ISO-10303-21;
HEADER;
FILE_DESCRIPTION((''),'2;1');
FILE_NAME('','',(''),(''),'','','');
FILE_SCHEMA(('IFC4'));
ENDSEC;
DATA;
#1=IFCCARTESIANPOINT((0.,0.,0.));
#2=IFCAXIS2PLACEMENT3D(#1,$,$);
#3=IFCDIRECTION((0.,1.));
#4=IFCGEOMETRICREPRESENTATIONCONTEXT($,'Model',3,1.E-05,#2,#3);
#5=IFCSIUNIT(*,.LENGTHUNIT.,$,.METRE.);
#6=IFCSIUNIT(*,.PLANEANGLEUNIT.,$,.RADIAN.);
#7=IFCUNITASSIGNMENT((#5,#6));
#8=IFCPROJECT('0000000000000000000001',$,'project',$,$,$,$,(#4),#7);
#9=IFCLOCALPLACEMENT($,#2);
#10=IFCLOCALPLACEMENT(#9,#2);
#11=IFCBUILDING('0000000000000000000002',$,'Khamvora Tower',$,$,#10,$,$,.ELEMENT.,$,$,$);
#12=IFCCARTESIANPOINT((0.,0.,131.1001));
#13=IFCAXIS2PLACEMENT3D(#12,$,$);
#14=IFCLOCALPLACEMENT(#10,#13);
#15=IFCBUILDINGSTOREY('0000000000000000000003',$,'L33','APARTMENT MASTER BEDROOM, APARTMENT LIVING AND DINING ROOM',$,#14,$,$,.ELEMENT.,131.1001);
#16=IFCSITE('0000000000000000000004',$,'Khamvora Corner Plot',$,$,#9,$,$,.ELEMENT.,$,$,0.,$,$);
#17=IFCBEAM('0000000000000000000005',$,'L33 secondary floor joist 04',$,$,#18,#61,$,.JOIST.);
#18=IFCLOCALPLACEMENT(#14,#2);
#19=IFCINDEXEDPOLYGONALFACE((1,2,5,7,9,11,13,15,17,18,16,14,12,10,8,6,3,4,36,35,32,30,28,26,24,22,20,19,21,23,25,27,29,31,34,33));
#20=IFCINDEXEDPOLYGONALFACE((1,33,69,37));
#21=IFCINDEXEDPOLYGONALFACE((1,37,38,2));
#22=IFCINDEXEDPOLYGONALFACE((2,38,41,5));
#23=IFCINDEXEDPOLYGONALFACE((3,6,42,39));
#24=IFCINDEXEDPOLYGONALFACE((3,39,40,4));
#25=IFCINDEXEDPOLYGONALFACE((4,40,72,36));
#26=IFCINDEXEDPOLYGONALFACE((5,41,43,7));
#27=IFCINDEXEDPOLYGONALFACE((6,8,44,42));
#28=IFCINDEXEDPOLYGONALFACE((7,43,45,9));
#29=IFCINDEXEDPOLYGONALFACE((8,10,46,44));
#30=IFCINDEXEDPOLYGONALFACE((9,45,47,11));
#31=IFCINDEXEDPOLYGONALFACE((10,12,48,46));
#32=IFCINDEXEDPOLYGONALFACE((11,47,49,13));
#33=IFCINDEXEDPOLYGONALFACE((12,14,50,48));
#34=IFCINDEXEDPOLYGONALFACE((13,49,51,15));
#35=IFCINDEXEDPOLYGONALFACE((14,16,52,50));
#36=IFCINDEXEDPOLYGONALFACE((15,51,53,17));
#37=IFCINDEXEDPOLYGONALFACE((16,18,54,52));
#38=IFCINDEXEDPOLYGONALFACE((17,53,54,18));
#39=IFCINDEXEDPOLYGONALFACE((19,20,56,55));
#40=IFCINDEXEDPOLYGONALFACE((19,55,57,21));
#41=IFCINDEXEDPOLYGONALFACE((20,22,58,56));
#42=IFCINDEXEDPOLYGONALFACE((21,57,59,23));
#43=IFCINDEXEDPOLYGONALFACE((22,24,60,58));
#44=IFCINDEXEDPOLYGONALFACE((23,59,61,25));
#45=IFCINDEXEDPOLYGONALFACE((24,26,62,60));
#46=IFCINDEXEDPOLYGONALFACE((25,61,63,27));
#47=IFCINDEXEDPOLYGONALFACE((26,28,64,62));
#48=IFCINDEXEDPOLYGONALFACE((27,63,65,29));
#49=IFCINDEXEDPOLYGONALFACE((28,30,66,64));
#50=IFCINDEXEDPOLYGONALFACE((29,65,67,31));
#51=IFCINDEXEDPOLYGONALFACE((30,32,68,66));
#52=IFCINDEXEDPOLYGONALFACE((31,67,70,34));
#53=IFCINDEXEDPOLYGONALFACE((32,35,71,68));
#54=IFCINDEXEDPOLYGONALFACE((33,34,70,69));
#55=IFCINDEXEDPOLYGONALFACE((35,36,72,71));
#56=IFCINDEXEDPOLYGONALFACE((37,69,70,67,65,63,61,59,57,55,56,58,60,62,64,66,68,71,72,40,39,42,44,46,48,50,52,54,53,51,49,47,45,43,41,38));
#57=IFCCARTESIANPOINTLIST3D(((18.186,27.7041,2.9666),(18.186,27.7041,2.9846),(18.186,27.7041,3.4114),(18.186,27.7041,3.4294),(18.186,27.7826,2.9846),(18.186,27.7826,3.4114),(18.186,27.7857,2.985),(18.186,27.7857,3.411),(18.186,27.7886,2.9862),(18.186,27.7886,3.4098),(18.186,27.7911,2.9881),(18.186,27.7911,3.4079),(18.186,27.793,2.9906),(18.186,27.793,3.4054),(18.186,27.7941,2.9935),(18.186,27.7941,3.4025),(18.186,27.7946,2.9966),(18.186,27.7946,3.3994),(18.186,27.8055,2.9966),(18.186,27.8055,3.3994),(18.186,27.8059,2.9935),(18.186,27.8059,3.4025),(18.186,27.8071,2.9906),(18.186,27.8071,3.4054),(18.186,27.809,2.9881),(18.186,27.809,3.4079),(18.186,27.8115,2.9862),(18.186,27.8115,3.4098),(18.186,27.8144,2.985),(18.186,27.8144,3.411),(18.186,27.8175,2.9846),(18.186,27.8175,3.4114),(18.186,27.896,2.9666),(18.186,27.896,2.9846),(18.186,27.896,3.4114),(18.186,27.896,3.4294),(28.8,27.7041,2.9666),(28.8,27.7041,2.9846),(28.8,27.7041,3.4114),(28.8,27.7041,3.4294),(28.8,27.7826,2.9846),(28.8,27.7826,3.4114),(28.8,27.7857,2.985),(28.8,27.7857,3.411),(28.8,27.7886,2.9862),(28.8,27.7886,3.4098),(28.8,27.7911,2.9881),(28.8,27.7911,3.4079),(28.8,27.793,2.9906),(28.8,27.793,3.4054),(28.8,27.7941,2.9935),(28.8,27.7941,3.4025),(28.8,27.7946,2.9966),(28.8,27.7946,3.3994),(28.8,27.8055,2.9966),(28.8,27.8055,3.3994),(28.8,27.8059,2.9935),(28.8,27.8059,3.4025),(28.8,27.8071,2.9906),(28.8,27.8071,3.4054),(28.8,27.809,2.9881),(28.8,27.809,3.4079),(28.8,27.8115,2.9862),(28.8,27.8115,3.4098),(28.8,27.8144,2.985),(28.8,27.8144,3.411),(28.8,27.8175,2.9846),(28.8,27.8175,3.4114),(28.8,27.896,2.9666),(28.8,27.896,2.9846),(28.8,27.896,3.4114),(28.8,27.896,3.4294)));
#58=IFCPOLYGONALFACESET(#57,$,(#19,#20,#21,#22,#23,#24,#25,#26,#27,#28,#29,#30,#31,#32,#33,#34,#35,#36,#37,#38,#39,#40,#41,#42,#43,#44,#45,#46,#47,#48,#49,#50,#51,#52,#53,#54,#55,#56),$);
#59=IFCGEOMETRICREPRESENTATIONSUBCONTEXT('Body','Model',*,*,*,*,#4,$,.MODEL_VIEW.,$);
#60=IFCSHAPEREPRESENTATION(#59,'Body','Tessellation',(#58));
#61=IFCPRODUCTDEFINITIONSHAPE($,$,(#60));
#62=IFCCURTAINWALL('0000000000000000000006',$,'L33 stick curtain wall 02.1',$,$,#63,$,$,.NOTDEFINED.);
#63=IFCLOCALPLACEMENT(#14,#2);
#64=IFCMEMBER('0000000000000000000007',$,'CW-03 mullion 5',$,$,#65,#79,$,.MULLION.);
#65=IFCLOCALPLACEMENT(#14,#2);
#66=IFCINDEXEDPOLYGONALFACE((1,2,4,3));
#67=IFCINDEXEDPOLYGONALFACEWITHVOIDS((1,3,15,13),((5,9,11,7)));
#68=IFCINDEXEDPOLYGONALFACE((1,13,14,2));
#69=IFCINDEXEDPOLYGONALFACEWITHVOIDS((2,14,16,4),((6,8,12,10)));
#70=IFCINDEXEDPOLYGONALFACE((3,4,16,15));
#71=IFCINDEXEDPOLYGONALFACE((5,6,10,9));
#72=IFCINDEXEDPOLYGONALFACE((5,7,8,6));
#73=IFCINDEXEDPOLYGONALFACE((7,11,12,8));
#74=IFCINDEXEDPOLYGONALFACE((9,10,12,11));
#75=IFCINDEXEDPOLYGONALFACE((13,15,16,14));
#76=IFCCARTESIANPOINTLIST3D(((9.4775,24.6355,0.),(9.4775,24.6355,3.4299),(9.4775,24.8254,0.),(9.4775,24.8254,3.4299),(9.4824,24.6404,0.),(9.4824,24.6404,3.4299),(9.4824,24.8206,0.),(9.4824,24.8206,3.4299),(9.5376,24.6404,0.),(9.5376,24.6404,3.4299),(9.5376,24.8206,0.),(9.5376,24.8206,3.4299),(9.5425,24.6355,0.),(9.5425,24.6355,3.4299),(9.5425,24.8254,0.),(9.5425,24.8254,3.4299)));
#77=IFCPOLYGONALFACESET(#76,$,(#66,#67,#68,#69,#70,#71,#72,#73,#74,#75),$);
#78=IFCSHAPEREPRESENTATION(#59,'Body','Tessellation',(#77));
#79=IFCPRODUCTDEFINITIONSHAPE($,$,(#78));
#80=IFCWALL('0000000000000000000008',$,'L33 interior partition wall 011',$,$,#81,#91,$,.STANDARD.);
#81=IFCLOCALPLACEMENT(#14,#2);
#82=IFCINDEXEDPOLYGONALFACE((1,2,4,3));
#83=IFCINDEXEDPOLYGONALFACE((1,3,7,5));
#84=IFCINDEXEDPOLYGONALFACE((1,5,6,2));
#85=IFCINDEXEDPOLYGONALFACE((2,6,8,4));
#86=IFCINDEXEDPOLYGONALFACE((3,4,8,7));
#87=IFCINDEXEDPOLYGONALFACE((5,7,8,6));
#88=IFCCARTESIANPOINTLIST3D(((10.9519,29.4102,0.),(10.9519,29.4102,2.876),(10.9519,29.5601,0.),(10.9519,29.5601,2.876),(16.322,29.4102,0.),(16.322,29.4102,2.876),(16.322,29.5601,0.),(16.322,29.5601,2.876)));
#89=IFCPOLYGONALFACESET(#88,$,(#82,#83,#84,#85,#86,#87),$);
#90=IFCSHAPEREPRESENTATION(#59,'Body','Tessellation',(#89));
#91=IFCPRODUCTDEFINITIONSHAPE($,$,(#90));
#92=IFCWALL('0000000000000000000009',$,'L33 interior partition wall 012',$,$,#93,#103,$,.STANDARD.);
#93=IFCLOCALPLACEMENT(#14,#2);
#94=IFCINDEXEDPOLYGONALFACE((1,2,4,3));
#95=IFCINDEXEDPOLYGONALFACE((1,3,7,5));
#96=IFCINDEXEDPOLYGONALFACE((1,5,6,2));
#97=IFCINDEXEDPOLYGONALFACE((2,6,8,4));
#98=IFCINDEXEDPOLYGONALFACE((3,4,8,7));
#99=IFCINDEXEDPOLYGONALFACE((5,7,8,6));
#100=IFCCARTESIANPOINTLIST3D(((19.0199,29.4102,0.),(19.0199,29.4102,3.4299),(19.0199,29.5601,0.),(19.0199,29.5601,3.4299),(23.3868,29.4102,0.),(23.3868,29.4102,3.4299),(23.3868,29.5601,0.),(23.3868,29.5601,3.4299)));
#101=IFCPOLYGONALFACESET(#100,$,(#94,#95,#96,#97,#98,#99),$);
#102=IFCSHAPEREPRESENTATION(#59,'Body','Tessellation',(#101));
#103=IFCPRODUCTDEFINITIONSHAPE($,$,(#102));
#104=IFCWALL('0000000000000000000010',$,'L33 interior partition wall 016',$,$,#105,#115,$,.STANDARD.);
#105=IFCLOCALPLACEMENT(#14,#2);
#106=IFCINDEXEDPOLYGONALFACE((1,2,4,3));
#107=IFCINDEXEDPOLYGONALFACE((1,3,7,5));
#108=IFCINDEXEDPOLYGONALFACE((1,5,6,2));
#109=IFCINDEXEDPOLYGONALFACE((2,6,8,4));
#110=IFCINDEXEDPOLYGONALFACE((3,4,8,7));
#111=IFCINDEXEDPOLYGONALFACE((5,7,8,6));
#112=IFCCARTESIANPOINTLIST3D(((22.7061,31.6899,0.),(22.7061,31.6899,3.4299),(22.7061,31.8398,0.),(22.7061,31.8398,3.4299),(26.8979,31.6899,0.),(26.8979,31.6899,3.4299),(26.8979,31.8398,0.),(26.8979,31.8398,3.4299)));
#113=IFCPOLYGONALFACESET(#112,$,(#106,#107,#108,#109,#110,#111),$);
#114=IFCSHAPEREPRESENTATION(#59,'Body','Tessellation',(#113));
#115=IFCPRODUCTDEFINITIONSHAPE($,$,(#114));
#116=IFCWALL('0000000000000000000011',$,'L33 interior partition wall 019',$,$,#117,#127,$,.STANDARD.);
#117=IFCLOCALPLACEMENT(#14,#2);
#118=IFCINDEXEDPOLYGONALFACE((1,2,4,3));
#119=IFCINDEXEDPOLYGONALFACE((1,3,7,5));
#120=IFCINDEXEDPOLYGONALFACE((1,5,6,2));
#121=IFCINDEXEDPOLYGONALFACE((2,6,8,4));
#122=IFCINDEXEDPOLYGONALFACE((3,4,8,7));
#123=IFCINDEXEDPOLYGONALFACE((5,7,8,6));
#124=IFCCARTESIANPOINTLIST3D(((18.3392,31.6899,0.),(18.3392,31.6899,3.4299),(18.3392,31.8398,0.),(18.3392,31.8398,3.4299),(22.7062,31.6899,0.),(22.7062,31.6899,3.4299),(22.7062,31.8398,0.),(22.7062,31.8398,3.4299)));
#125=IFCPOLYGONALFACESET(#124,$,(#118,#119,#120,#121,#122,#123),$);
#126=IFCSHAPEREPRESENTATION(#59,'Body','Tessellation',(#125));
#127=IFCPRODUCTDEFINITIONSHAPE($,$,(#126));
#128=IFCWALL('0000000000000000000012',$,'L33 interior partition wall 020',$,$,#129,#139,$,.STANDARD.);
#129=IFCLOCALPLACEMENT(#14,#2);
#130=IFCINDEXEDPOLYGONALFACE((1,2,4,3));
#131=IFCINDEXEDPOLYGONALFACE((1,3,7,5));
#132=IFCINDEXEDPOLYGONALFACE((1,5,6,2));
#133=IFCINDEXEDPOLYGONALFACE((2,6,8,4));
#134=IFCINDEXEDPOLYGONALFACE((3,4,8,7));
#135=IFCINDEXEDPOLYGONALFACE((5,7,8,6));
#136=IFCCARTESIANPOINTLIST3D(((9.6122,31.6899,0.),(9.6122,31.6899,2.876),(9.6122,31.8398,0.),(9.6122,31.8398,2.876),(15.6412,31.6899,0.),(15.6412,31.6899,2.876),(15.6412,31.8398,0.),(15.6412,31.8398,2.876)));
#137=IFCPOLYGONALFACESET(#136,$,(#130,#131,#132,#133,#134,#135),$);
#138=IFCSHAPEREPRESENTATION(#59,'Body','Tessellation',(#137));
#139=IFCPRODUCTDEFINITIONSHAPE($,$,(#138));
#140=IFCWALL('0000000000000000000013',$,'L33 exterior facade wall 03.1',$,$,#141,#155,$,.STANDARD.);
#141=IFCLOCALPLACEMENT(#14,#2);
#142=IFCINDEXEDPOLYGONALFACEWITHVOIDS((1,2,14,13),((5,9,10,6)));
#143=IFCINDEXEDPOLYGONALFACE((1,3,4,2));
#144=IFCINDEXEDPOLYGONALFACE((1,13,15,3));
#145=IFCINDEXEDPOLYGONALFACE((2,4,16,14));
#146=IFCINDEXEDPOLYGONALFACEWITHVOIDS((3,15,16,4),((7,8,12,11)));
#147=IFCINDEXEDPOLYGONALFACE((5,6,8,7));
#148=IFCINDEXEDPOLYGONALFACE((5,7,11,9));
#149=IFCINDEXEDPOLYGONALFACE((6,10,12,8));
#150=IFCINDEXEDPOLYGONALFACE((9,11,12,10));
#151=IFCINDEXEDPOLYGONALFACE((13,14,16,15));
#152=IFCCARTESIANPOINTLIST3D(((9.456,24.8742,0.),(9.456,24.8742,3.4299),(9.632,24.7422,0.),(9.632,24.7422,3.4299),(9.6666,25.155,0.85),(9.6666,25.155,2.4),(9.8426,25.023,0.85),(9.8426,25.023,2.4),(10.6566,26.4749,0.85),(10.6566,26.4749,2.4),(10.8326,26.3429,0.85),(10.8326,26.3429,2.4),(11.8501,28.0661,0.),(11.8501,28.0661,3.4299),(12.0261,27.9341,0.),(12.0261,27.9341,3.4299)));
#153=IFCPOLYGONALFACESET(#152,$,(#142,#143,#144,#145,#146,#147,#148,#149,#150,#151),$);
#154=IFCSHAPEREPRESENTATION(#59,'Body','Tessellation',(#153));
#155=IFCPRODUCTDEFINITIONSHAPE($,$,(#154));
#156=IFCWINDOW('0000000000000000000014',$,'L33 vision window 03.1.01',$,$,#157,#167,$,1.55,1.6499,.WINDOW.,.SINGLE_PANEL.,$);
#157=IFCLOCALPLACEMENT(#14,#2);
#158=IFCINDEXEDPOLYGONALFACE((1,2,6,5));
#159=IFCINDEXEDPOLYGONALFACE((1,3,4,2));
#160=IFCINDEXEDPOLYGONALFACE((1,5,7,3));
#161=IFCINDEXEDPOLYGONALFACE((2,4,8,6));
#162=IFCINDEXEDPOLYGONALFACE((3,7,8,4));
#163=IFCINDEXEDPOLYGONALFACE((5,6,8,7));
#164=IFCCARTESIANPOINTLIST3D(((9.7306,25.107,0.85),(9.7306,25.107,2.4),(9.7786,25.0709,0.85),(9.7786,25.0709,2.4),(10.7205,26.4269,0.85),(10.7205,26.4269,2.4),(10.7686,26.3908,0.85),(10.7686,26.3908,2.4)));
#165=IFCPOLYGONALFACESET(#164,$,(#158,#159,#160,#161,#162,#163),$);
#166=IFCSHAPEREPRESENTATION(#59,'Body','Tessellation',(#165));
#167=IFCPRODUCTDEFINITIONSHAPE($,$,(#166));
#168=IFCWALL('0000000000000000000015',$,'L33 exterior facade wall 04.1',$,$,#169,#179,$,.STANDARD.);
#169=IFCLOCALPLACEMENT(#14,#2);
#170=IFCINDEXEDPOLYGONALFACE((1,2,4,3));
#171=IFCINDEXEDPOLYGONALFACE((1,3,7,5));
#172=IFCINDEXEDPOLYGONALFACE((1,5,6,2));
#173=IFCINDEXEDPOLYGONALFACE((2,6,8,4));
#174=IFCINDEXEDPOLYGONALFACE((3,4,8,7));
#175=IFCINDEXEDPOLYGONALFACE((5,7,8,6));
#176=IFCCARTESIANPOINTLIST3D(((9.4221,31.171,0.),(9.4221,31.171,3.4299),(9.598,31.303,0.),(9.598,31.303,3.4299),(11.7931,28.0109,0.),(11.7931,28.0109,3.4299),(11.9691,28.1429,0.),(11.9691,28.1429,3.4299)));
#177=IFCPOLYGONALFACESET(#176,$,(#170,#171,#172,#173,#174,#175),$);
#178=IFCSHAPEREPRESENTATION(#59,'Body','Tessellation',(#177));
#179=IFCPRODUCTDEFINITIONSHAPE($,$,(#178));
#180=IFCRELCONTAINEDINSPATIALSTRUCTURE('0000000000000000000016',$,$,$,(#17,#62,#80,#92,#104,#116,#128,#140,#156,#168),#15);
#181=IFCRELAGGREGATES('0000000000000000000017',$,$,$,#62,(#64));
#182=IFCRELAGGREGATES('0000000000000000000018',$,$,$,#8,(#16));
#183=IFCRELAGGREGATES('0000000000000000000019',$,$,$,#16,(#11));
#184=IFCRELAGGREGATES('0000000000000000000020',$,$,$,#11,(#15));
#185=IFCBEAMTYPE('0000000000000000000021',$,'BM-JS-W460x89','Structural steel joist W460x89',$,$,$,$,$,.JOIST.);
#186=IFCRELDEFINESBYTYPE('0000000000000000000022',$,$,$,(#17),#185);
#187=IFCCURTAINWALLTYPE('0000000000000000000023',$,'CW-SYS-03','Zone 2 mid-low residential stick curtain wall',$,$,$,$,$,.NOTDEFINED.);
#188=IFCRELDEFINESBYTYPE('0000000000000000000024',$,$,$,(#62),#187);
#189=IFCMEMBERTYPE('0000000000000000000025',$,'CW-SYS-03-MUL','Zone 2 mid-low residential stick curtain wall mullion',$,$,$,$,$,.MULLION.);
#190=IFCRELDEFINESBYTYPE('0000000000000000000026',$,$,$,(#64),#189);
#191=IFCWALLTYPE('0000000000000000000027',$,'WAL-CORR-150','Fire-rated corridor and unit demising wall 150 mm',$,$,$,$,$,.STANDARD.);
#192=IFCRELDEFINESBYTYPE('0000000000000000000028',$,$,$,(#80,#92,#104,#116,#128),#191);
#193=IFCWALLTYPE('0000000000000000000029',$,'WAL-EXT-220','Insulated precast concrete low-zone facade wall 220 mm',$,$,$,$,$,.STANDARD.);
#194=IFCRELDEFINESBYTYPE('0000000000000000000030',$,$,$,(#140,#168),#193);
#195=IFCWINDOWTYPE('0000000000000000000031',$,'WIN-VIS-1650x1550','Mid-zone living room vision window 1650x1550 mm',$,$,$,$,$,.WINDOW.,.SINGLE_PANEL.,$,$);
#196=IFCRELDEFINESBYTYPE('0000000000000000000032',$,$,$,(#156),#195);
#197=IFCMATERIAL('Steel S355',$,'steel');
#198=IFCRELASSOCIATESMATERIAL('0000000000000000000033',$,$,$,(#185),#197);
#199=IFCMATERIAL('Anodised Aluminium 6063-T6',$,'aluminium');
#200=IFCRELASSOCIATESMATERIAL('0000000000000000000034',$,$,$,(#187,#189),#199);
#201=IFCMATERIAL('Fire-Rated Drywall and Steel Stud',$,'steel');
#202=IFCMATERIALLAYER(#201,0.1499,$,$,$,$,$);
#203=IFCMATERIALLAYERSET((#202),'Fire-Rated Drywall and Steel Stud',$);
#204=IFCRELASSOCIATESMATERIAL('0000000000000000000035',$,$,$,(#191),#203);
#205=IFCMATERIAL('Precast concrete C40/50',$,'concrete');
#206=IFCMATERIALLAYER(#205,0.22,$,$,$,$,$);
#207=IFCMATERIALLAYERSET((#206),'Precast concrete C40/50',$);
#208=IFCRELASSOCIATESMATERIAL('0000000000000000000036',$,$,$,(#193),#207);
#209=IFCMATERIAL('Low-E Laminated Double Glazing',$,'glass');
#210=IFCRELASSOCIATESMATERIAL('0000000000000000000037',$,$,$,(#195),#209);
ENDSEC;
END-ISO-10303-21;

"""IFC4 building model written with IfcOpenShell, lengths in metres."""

from ifc_helpers import new_model, si_unit, direction, frame, frame_2d, origin, origin_2d, place, context, subcontext, project, spatial, rectangle, hollow_rectangle, i_section, extrude, material, layer, layer_set, material_profile, profile_set, type_object, element, fill, aggregate, save


model = new_model("IFC4")

# Units and contexts
model_context = context("Model", 3, precision=1e-05, world=origin(), true_north=direction((0.0, 1.0)))
body_context = subcontext(model_context, "Body", "Model", "MODEL_VIEW")
ifc_project = project(units=[si_unit("LENGTHUNIT", "METRE"), si_unit("PLANEANGLEUNIT", "RADIAN")], contexts=[model_context])

# Site, building, storey
site_placement = place(None, origin())
site = spatial("IfcSite", under=ifc_project, at=site_placement, Name="Khamvora Corner Plot", CompositionType="ELEMENT", RefElevation=0.0)
building_placement = place(site_placement, origin())
building = spatial("IfcBuilding", under=site, at=building_placement, Name="Khamvora Tower", CompositionType="ELEMENT")
storey_placement = place(building_placement, frame((0.0, 0.0, 131.1001)))
storey = spatial("IfcBuildingStorey", under=building, at=storey_placement, Name="L33", Description="APARTMENT MASTER BEDROOM, APARTMENT LIVING AND DINING ROOM", CompositionType="ELEMENT", Elevation=131.1001)

# Beam
ifc_material_1 = material(Name="Steel S355", Category="steel")
ifc_material_profile_1 = material_profile(ifc_material_1, i_section(OverallWidth=0.1919, OverallDepth=0.4629, WebThickness=0.011, FlangeThickness=0.0181, FilletRadius=0.012, at=origin_2d()), Name="W460x89")
ifc_profile_set_1 = profile_set([ifc_material_profile_1], Name="Steel S355")
beam_type = type_object("IfcBeamType", Name="BM-JS-W460x89", Description="Structural steel joist W460x89", PredefinedType="JOIST", material=ifc_profile_set_1)
beam_placement = place(storey_placement, frame((18.186, 27.8, 3.198), z_axis=(1.0, 0.0, 0.0), x_axis=(0.0, 1.0, 0.0)))
element("IfcBeam", 1, at=beam_placement, inside=storey, type_object=beam_type, Name="L33 secondary floor joist 04", PredefinedType="JOIST", context=body_context, shape_type="SweptSolid", body=[
    extrude(i_section(OverallWidth=0.1919, OverallDepth=0.4629, WebThickness=0.011, FlangeThickness=0.0181, FilletRadius=0.012, at=origin_2d()), origin(), (0.0, 0.0, 1.0), 10.614),
])

# Curtain wall, member
ifc_material_2 = material(Name="Anodised Aluminium 6063-T6", Category="aluminium")
curtain_wall_type = type_object("IfcCurtainWallType", Name="CW-SYS-03", Description="Zone 2 mid-low residential stick curtain wall", PredefinedType="NOTDEFINED", material=ifc_material_2)
curtain_wall_placement = place(storey_placement, origin())
curtain_wall = element("IfcCurtainWall", 2, at=curtain_wall_placement, inside=storey, type_object=curtain_wall_type, Name="L33 stick curtain wall 02.1", PredefinedType="NOTDEFINED")
ifc_material_profile_2 = material_profile(ifc_material_2, hollow_rectangle(XDim=0.0649, YDim=0.1899, WallThickness=0.0049, at=origin_2d()), Name="MUL65x190x5")
ifc_profile_set_2 = profile_set([ifc_material_profile_2], Name="Anodised Aluminium 6063-T6")
member_type = type_object("IfcMemberType", Name="CW-SYS-03-MUL", Description="Zone 2 mid-low residential stick curtain wall mullion", PredefinedType="MULLION", material=ifc_profile_set_2)
member_placement = place(storey_placement, frame((9.51, 24.7305, 0.0), z_axis=(0.0, 0.0, 1.0), x_axis=(-1.0, 0.0, 0.0)))
member = element("IfcMember", 3, at=member_placement, type_object=member_type, Name="CW-03 mullion 5", PredefinedType="MULLION", context=body_context, shape_type="SweptSolid", body=[
    extrude(hollow_rectangle(XDim=0.0649, YDim=0.1899, WallThickness=0.0049, at=origin_2d()), origin(), (0.0, 0.0, 1.0), 3.4299),
])
aggregate(curtain_wall, [member])

# Shared definitions
ifc_material_3 = material(Name="Fire-Rated Drywall and Steel Stud", Category="steel")
ifc_layer_1 = layer(ifc_material_3, 0.1499)
ifc_layer_set_1 = layer_set([ifc_layer_1], Name="Fire-Rated Drywall and Steel Stud")
wall_type_1 = type_object("IfcWallType", Name="WAL-CORR-150", Description="Fire-rated corridor and unit demising wall 150 mm", PredefinedType="STANDARD", material=ifc_layer_set_1)

# Walls
wall_1_placement = place(storey_placement, frame((16.322, 29.4851, 0.0), z_axis=(0.0, 0.0, 1.0), x_axis=(-1.0, 0.0, 0.0)))
element("IfcWall", 4, at=wall_1_placement, inside=storey, type_object=wall_type_1, Name="L33 interior partition wall 011", PredefinedType="STANDARD", context=body_context, shape_type="SweptSolid", body=[
    extrude(rectangle(XDim=5.3701, YDim=0.1499, at=frame_2d((2.6851, 0.0))), origin(), (0.0, 0.0, 1.0), 2.876),
])
wall_2_placement = place(storey_placement, frame((23.387, 29.4851, 0.0), z_axis=(0.0, 0.0, 1.0), x_axis=(-1.0, 0.0, 0.0)))
element("IfcWall", 5, at=wall_2_placement, inside=storey, type_object=wall_type_1, Name="L33 interior partition wall 012", PredefinedType="STANDARD", context=body_context, shape_type="SweptSolid", body=[
    extrude(rectangle(XDim=4.3669, YDim=0.1499, at=frame_2d((2.1836, 0.0))), origin(), (0.0, 0.0, 1.0), 3.4299),
])
wall_3_placement = place(storey_placement, frame((22.7061, 31.7649, 0.0), z_axis=(0.0, 0.0, 1.0), x_axis=(1.0, 0.0, 0.0)))
element("IfcWall", 6, at=wall_3_placement, inside=storey, type_object=wall_type_1, Name="L33 interior partition wall 016", PredefinedType="STANDARD", context=body_context, shape_type="SweptSolid", body=[
    extrude(rectangle(XDim=4.1919, YDim=0.1499, at=frame_2d((2.0959, 0.0))), origin(), (0.0, 0.0, 1.0), 3.4299),
])

# Walls
wall_4_placement = place(storey_placement, frame((18.3391, 31.7649, 0.0), z_axis=(0.0, 0.0, 1.0), x_axis=(1.0, 0.0, 0.0)))
element("IfcWall", 7, at=wall_4_placement, inside=storey, type_object=wall_type_1, Name="L33 interior partition wall 019", PredefinedType="STANDARD", context=body_context, shape_type="SweptSolid", body=[
    extrude(rectangle(XDim=4.3669, YDim=0.1499, at=frame_2d((2.1836, 0.0))), origin(), (0.0, 0.0, 1.0), 3.4299),
])
wall_5_placement = place(storey_placement, frame((9.6121, 31.7649, 0.0), z_axis=(0.0, 0.0, 1.0), x_axis=(1.0, 0.0, 0.0)))
element("IfcWall", 8, at=wall_5_placement, inside=storey, type_object=wall_type_1, Name="L33 interior partition wall 020", PredefinedType="STANDARD", context=body_context, shape_type="SweptSolid", body=[
    extrude(rectangle(XDim=6.0291, YDim=0.1499, at=frame_2d((3.0146, 0.0))), origin(), (0.0, 0.0, 1.0), 2.876),
])

# Wall, opening, window
ifc_material_4 = material(Name="Precast concrete C40/50", Category="concrete")
ifc_layer_2 = layer(ifc_material_4, 0.22)
ifc_layer_set_2 = layer_set([ifc_layer_2], Name="Precast concrete C40/50")
wall_type_2 = type_object("IfcWallType", Name="WAL-EXT-220", Description="Insulated precast concrete low-zone facade wall 220 mm", PredefinedType="STANDARD", material=ifc_layer_set_2)
wall_6_placement = place(storey_placement, frame((9.5439, 24.8081, 0.0), z_axis=(0.0, 0.0, 1.0), x_axis=(0.60002, 0.799985, 0.0)))
wall_6 = element("IfcWall", 9, at=wall_6_placement, inside=storey, type_object=wall_type_2, Name="L33 exterior facade wall 03.1", PredefinedType="STANDARD", context=body_context, shape_type="SweptSolid", body=[
    extrude(rectangle(XDim=3.99, YDim=0.22, at=frame_2d((1.9951, 0.0))), origin(), (0.0, 0.0, 1.0), 3.4299),
])
opening_1_placement = place(wall_6_placement, frame((0.3511, 0.0, 0.8501)))
opening_1 = element("IfcOpeningElement", 10, at=opening_1_placement, cuts=wall_6, PredefinedType="OPENING", context=body_context, shape_type="SweptSolid", body=[
    extrude(rectangle(XDim=1.6499, YDim=1.55, at=frame_2d((0.825, 0.7749))), frame((0.0, 0.1199, 0.0), z_axis=(0.0, -1.0, 0.0), x_axis=(1.0, 0.0, 0.0)), (0.0, 0.0, 1.0), 0.24),
])
ifc_material_5 = material(Name="Low-E Laminated Double Glazing", Category="glass")
window_type_1 = type_object("IfcWindowType", Name="WIN-VIS-1650x1550", Description="Mid-zone living room vision window 1650x1550 mm", PartitioningType="SINGLE_PANEL", PredefinedType="WINDOW", material=ifc_material_5)
window_1_placement = place(opening_1_placement, origin())
window_1 = element("IfcWindow", 11, at=window_1_placement, inside=storey, type_object=window_type_1, Name="L33 vision window 03.1.01", OverallHeight=1.55, OverallWidth=1.6499, PartitioningType="SINGLE_PANEL", PredefinedType="WINDOW", context=body_context, shape_type="SweptSolid", body=[
    extrude(rectangle(XDim=1.6499, YDim=1.55, at=frame_2d((0.825, 0.7749))), frame((0.0, 0.03, 0.0), z_axis=(0.0, -1.0, 0.0), x_axis=(1.0, 0.0, 0.0)), (0.0, 0.0, 1.0), 0.0601),
])
fill(opening_1, window_1)

# Wall
wall_7_placement = place(storey_placement, frame((11.8811, 28.0769, 0.0), z_axis=(0.0, 0.0, 1.0), x_axis=(-0.600158, 0.799881, 0.0)))
element("IfcWall", 12, at=wall_7_placement, inside=storey, type_object=wall_type_2, Name="L33 exterior facade wall 04.1", PredefinedType="STANDARD", context=body_context, shape_type="SweptSolid", body=[
    extrude(rectangle(XDim=3.9507, YDim=0.22, at=frame_2d((1.9753, 0.0))), origin(), (0.0, 0.0, 1.0), 3.4299),
])

save(model, "model.ifc")
